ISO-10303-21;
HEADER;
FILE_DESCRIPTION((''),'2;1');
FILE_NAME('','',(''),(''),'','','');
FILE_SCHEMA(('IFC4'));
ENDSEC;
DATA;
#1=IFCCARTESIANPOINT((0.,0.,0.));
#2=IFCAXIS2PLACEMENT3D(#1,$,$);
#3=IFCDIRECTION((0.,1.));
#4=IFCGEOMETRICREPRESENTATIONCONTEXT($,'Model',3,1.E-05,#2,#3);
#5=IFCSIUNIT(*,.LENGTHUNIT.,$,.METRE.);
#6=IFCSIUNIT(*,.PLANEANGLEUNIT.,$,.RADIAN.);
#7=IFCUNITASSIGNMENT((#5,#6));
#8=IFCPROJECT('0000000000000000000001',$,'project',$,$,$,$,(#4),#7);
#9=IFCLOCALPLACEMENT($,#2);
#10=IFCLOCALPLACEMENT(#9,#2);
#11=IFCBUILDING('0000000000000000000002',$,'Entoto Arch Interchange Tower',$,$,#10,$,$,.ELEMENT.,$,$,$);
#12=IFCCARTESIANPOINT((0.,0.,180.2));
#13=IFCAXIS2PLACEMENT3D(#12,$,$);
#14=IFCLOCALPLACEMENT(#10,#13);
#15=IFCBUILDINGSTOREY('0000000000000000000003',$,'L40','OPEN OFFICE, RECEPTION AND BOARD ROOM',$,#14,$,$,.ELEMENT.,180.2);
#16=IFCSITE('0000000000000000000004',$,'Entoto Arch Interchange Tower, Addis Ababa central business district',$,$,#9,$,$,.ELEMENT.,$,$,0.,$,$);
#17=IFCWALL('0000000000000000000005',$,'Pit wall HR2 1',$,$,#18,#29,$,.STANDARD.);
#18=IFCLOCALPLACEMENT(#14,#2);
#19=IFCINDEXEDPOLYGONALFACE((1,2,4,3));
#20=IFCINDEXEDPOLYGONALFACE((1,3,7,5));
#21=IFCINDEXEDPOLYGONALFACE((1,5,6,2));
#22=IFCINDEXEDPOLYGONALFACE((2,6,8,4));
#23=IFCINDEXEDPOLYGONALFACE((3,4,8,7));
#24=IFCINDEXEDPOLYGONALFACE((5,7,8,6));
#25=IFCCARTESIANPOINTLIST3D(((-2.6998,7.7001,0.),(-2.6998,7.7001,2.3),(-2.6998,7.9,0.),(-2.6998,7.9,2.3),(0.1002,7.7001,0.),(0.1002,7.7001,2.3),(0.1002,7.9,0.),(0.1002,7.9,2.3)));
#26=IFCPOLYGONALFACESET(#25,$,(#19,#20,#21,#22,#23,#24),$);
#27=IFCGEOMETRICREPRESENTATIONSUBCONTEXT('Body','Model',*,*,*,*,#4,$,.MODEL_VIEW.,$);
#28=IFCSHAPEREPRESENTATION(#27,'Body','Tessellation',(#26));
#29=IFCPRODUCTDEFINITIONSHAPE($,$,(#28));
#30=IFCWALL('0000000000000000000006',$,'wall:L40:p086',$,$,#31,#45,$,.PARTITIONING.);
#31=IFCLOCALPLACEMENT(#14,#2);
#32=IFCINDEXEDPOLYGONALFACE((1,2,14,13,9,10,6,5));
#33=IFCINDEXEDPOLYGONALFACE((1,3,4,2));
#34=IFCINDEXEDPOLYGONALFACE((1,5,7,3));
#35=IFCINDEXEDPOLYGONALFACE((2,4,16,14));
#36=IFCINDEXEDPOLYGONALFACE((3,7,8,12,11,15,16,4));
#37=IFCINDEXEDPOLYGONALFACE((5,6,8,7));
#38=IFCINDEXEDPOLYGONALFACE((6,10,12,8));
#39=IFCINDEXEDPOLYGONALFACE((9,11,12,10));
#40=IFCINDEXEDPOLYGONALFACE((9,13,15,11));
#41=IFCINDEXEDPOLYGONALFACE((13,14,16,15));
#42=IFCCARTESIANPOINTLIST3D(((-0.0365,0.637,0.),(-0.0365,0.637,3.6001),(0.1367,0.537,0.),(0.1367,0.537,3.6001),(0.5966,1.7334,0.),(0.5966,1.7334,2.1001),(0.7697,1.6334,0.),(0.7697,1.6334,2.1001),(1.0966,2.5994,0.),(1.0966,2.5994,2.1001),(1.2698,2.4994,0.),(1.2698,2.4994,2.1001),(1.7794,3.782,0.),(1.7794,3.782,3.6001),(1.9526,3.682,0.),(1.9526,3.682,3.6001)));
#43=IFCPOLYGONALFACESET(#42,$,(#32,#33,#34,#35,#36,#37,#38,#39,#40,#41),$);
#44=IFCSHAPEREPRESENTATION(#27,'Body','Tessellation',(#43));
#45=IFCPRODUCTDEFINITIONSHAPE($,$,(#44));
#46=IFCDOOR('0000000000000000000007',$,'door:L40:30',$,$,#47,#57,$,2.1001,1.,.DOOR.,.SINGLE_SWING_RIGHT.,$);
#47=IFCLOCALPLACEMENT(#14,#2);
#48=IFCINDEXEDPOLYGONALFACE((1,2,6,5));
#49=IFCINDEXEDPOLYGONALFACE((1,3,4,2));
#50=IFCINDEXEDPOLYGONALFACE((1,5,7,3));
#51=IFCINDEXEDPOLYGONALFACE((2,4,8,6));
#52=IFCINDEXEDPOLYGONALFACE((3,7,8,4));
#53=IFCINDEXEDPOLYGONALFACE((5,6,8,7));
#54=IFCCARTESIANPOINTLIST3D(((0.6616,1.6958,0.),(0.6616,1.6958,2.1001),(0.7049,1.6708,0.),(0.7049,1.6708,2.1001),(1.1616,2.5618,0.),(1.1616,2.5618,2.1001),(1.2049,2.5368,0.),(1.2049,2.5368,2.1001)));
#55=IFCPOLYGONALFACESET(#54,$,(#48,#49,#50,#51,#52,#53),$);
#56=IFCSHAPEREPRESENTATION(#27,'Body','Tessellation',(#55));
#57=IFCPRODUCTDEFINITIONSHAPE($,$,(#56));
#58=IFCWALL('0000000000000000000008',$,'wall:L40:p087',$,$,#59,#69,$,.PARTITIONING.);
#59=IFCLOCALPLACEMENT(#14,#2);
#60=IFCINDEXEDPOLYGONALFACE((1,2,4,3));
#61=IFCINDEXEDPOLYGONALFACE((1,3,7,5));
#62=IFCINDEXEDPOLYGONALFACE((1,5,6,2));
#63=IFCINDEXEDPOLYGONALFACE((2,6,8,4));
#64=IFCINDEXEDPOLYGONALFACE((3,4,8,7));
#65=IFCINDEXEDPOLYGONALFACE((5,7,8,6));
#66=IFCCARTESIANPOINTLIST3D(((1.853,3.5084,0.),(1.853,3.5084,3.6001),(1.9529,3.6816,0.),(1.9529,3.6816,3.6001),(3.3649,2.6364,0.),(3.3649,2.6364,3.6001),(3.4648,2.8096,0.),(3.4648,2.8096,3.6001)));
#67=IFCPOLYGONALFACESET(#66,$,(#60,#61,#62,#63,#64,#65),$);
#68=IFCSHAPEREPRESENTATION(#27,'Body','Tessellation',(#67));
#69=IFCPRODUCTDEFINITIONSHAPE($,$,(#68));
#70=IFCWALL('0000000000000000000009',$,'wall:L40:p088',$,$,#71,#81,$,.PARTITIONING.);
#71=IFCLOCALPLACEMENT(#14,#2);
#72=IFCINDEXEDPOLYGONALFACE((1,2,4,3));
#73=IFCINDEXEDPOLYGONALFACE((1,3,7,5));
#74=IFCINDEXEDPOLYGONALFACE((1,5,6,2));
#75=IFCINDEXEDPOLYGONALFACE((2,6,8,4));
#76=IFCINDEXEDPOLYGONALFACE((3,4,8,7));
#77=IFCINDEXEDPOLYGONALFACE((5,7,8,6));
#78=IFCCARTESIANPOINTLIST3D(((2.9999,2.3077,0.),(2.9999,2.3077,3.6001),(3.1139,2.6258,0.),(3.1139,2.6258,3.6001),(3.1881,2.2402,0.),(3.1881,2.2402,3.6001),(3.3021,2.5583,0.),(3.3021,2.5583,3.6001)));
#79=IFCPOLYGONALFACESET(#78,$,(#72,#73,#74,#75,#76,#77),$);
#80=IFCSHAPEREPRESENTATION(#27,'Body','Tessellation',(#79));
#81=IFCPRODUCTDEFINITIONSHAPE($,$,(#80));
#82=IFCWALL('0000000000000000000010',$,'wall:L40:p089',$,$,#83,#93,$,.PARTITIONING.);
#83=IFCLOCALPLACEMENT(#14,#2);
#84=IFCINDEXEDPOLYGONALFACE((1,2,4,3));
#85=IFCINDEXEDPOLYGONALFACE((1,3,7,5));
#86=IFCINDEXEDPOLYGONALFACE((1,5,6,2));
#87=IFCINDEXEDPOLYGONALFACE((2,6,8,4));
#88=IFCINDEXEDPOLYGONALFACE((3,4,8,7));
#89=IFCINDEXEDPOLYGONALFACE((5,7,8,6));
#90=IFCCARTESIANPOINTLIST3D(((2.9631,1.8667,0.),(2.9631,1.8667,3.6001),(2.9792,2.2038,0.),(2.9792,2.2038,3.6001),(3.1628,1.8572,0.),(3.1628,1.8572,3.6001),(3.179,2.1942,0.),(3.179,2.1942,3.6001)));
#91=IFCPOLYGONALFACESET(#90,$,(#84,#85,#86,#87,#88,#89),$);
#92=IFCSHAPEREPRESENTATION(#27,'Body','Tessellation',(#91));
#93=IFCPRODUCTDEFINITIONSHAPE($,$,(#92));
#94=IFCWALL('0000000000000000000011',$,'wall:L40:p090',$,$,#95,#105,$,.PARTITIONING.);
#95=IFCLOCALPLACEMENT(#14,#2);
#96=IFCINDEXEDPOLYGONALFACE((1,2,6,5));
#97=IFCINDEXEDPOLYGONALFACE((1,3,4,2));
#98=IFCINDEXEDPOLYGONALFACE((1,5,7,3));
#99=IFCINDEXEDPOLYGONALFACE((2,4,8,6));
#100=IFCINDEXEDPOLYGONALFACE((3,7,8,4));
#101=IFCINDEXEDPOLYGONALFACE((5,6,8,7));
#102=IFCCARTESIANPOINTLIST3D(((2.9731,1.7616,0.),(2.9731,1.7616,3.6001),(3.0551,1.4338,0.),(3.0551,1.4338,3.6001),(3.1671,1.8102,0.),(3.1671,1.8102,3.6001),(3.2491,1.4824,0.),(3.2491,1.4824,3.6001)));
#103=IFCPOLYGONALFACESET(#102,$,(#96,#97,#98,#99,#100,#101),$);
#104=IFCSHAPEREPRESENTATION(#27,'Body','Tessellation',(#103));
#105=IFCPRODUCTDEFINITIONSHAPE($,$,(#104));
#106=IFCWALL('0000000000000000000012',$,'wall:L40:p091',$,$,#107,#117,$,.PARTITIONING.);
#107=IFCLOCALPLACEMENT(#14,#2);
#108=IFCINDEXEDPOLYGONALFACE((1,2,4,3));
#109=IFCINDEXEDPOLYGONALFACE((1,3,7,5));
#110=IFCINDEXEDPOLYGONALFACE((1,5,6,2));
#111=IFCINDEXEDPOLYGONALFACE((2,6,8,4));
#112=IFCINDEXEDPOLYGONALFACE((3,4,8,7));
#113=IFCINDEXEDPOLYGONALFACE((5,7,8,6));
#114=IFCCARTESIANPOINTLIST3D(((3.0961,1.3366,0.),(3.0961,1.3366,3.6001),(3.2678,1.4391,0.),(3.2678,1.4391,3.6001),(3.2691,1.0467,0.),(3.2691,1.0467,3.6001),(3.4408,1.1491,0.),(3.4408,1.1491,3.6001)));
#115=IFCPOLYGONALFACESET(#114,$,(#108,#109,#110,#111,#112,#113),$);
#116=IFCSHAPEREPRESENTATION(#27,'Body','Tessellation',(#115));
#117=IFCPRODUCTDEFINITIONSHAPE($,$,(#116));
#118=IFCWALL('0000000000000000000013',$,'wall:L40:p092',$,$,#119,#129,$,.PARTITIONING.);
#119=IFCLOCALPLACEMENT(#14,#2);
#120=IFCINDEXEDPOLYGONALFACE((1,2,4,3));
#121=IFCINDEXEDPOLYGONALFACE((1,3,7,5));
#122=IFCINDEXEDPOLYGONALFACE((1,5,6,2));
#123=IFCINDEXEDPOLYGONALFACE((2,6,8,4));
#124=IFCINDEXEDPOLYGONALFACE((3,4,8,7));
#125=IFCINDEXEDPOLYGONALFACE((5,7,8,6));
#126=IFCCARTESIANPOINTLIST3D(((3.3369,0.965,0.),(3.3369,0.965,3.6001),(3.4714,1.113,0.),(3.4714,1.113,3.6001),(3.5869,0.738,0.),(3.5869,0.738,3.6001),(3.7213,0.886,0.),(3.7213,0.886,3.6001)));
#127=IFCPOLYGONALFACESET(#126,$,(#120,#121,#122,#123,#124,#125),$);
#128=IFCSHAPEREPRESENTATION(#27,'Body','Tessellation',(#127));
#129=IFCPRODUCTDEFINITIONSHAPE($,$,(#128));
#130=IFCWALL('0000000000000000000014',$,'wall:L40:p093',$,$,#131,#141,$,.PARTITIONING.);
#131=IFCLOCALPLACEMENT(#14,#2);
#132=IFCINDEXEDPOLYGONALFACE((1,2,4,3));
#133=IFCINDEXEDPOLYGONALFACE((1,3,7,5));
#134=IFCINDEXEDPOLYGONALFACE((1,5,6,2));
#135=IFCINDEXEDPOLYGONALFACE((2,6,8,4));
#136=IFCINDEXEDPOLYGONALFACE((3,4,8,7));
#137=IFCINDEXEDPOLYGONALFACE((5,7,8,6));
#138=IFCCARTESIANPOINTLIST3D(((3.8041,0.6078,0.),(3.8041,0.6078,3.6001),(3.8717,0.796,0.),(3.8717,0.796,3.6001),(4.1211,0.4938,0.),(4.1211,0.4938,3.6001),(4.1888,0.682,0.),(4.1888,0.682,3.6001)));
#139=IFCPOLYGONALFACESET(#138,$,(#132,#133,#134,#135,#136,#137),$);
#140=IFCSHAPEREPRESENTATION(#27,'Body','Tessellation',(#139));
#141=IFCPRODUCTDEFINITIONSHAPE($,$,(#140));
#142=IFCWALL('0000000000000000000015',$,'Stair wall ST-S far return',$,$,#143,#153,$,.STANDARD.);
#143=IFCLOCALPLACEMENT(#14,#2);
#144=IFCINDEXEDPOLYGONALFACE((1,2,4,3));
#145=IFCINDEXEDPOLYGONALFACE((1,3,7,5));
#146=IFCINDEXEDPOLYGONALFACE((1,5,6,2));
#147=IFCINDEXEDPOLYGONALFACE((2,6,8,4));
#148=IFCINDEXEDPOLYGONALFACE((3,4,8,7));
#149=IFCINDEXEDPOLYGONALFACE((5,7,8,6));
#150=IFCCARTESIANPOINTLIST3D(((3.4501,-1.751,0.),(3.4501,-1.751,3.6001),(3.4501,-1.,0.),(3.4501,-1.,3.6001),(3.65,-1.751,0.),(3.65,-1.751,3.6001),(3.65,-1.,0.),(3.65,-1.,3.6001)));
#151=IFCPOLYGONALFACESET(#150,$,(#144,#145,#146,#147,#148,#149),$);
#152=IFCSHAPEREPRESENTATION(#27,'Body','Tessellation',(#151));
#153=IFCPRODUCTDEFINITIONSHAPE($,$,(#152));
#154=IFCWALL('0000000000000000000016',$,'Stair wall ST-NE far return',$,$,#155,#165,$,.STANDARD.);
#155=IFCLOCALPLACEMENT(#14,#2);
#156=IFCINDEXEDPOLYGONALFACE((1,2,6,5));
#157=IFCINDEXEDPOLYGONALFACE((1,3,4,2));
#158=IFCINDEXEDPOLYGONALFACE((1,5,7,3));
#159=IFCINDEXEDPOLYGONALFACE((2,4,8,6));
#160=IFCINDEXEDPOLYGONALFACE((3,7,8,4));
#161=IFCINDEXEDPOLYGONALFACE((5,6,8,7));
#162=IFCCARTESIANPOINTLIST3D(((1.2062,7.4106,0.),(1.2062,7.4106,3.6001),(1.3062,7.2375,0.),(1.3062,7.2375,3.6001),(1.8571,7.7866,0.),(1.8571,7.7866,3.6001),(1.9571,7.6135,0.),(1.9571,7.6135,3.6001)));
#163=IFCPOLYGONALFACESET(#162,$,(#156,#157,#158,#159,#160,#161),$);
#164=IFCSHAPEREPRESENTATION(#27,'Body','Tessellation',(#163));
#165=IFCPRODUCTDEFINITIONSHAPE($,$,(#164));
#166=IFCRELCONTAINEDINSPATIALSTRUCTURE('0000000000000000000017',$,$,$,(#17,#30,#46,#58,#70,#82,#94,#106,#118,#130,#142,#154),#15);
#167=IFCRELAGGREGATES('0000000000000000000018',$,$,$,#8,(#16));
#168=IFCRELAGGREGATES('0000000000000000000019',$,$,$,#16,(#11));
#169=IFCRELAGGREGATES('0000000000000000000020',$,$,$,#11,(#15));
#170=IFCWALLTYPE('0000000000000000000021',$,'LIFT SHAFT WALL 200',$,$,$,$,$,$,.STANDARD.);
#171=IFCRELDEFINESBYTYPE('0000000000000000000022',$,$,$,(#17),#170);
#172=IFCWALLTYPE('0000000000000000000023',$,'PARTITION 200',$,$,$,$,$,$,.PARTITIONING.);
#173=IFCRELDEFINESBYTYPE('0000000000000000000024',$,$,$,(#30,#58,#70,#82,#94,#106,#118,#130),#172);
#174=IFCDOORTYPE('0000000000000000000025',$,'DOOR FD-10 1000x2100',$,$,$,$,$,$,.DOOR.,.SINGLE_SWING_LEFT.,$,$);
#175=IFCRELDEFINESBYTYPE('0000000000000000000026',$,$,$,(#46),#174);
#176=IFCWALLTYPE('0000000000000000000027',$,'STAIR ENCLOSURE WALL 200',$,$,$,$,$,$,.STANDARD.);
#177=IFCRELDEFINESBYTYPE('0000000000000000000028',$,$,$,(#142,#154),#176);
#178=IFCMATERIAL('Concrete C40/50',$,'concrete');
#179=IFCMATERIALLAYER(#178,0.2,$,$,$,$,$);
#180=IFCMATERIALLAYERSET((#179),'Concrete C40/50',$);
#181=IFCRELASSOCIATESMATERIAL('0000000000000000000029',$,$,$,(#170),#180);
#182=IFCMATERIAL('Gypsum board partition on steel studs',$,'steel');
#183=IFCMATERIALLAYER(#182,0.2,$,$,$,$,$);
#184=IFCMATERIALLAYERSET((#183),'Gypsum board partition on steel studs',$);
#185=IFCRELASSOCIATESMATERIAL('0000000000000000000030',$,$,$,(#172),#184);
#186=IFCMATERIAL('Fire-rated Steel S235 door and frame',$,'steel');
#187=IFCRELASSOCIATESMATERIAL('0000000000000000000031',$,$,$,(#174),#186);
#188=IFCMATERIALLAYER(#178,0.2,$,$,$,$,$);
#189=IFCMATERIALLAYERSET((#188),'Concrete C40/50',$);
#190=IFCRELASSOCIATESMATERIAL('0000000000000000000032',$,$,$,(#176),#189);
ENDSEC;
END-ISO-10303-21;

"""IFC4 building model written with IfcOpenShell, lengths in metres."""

from ifc_helpers import new_model, si_unit, direction, frame, frame_2d, origin, place, context, subcontext, project, spatial, rectangle, extrude, material, layer, layer_set, type_object, element, fill, save


model = new_model("IFC4")

# Units and contexts
model_context = context("Model", 3, precision=1e-05, world=origin(), true_north=direction((0.0, 1.0)))
body_context = subcontext(model_context, "Body", "Model", "MODEL_VIEW")
ifc_project = project(units=[si_unit("LENGTHUNIT", "METRE"), si_unit("PLANEANGLEUNIT", "RADIAN")], contexts=[model_context])

# Site, building, storey
site_placement = place(None, origin())
site = spatial("IfcSite", under=ifc_project, at=site_placement, Name="Entoto Arch Interchange Tower, Addis Ababa central business district", CompositionType="ELEMENT", RefElevation=0.0)
building_placement = place(site_placement, origin())
building = spatial("IfcBuilding", under=site, at=building_placement, Name="Entoto Arch Interchange Tower", CompositionType="ELEMENT")
storey_placement = place(building_placement, frame((0.0, 0.0, 180.2)))
storey = spatial("IfcBuildingStorey", under=building, at=storey_placement, Name="L40", Description="OPEN OFFICE, RECEPTION AND BOARD ROOM", CompositionType="ELEMENT", Elevation=180.2)

# Shared definitions
ifc_material_1 = material(Name="Concrete C40/50", Category="concrete")

# Wall
ifc_layer_1 = layer(ifc_material_1, 0.2)
ifc_layer_set_1 = layer_set([ifc_layer_1], Name="Concrete C40/50")
wall_type_1 = type_object("IfcWallType", Name="LIFT SHAFT WALL 200", PredefinedType="STANDARD", material=ifc_layer_set_1)
wall_1_placement = place(storey_placement, frame((0.1001, 7.8, 0.0), z_axis=(0.0, 0.0, 1.0), x_axis=(-1.0, 0.0, 0.0)))
element("IfcWall", 1, at=wall_1_placement, inside=storey, type_object=wall_type_1, Name="Pit wall HR2 1", PredefinedType="STANDARD", context=body_context, shape_type="SweptSolid", body=[
    extrude(rectangle(XDim=2.8, YDim=0.2, at=frame_2d((1.3999, 0.0))), origin(), (0.0, 0.0, 1.0), 2.3),
])

# Wall, opening, door
ifc_material_2 = material(Name="Gypsum board partition on steel studs", Category="steel")
ifc_layer_2 = layer(ifc_material_2, 0.2)
ifc_layer_set_2 = layer_set([ifc_layer_2], Name="Gypsum board partition on steel studs")
wall_type_2 = type_object("IfcWallType", Name="PARTITION 200", PredefinedType="PARTITIONING", material=ifc_layer_set_2)
wall_2_placement = place(storey_placement, frame((0.05, 0.5869, 0.0), z_axis=(0.0, 0.0, 1.0), x_axis=(0.500029, 0.866009, 0.0)))
wall_2 = element("IfcWall", 2, at=wall_2_placement, inside=storey, type_object=wall_type_2, Name="wall:L40:p086", PredefinedType="PARTITIONING", context=body_context, shape_type="SweptSolid", body=[
    extrude(rectangle(XDim=3.6316, YDim=0.2, at=frame_2d((1.8159, 0.0))), origin(), (0.0, 0.0, 1.0), 3.6001),
])
opening_placement = place(wall_2_placement, frame((1.2661, 0.0, 0.0)))
opening = element("IfcOpeningElement", 3, at=opening_placement, cuts=wall_2, PredefinedType="OPENING", context=body_context, shape_type="SweptSolid", body=[
    extrude(rectangle(XDim=1.0, YDim=2.1001, at=frame_2d((0.5, 1.05))), frame((0.0, 0.1099, 0.0), z_axis=(0.0, -1.0, 0.0), x_axis=(1.0, 0.0, 0.0)), (0.0, 0.0, 1.0), 0.22),
])
ifc_material_3 = material(Name="Fire-rated Steel S235 door and frame", Category="steel")
door_type = type_object("IfcDoorType", Name="DOOR FD-10 1000x2100", OperationType="SINGLE_SWING_LEFT", PredefinedType="DOOR", material=ifc_material_3)
door_placement = place(opening_placement, origin())
door = element("IfcDoor", 4, at=door_placement, inside=storey, type_object=door_type, Name="door:L40:30", OperationType="SINGLE_SWING_RIGHT", OverallHeight=2.1001, OverallWidth=1.0, PredefinedType="DOOR", context=body_context, shape_type="SweptSolid", body=[
    extrude(rectangle(XDim=1.0, YDim=2.1001, at=frame_2d((0.5, 1.05))), frame((0.0, 0.0249, 0.0), z_axis=(0.0, -1.0, 0.0), x_axis=(1.0, 0.0, 0.0)), (0.0, 0.0, 1.0), 0.05),
])
fill(opening, door)

# Walls
wall_3_placement = place(storey_placement, frame((1.9031, 3.595, 0.0), z_axis=(0.0, 0.0, 1.0), x_axis=(0.866239, -0.49963, 0.0)))
element("IfcWall", 5, at=wall_3_placement, inside=storey, type_object=wall_type_2, Name="wall:L40:p087", PredefinedType="PARTITIONING", context=body_context, shape_type="SweptSolid", body=[
    extrude(rectangle(XDim=1.7454, YDim=0.2, at=frame_2d((0.8726, 0.0))), origin(), (0.0, 0.0, 1.0), 3.6001),
])
wall_4_placement = place(storey_placement, frame((3.208, 2.592, 0.0), z_axis=(0.0, 0.0, 1.0), x_axis=(-0.337389, -0.941365, 0.0)))
element("IfcWall", 6, at=wall_4_placement, inside=storey, type_object=wall_type_2, Name="wall:L40:p088", PredefinedType="PARTITIONING", context=body_context, shape_type="SweptSolid", body=[
    extrude(rectangle(XDim=0.3379, YDim=0.2, at=frame_2d((0.1689, 0.0))), origin(), (0.0, 0.0, 1.0), 3.6001),
])
wall_5_placement = place(storey_placement, frame((3.0791, 2.199, 0.0), z_axis=(0.0, 0.0, 1.0), x_axis=(-0.047771, -0.998858, 0.0)))
element("IfcWall", 7, at=wall_5_placement, inside=storey, type_object=wall_type_2, Name="wall:L40:p089", PredefinedType="PARTITIONING", context=body_context, shape_type="SweptSolid", body=[
    extrude(rectangle(XDim=0.3374, YDim=0.2, at=frame_2d((0.1687, 0.0))), origin(), (0.0, 0.0, 1.0), 3.6001),
])
wall_6_placement = place(storey_placement, frame((3.0701, 1.7859, 0.0), z_axis=(0.0, 0.0, 1.0), x_axis=(0.242706, -0.9701, 0.0)))
element("IfcWall", 8, at=wall_6_placement, inside=storey, type_object=wall_type_2, Name="wall:L40:p090", PredefinedType="PARTITIONING", context=body_context, shape_type="SweptSolid", body=[
    extrude(rectangle(XDim=0.3379, YDim=0.2, at=frame_2d((0.1689, 0.0))), origin(), (0.0, 0.0, 1.0), 3.6001),
])
for number, where, z_axis, x_axis, name in (
    (9, (3.1819, 1.3879, 0.0), (0.0, 0.0, 1.0), (0.512475, -0.858702, 0.0), "wall:L40:p091"),
    (10, (3.4041, 1.0391, 0.0), (0.0, 0.0, 1.0), (0.740267, -0.672313, 0.0), "wall:L40:p092"),
):
    element("IfcWall", number, at=place(storey_placement, frame(where, z_axis=z_axis, x_axis=x_axis)), inside=storey, type_object=wall_type_2, Name=name, PredefinedType="PARTITIONING", context=body_context, shape_type="SweptSolid", body=[
        extrude(rectangle(XDim=0.3376, YDim=0.2, at=frame_2d((0.1689, 0.0))), origin(), (0.0, 0.0, 1.0), 3.6001),
    ])
wall_7_placement = place(storey_placement, frame((3.8379, 0.7019, 0.0), z_axis=(0.0, 0.0, 1.0), x_axis=(0.941035, -0.338309, 0.0)))
element("IfcWall", 11, at=wall_7_placement, inside=storey, type_object=wall_type_2, Name="wall:L40:p093", PredefinedType="PARTITIONING", context=body_context, shape_type="SweptSolid", body=[
    extrude(rectangle(XDim=0.3369, YDim=0.2, at=frame_2d((0.1685, 0.0))), origin(), (0.0, 0.0, 1.0), 3.6001),
])
ifc_layer_3 = layer(ifc_material_1, 0.2)
ifc_layer_set_3 = layer_set([ifc_layer_3], Name="Concrete C40/50")
wall_type_3 = type_object("IfcWallType", Name="STAIR ENCLOSURE WALL 200", PredefinedType="STANDARD", material=ifc_layer_set_3)
wall_8_placement = place(storey_placement, frame((3.55, -1.0, 0.0), z_axis=(0.0, 0.0, 1.0), x_axis=(0.0, -1.0, 0.0)))
element("IfcWall", 12, at=wall_8_placement, inside=storey, type_object=wall_type_3, Name="Stair wall ST-S far return", PredefinedType="STANDARD", context=body_context, shape_type="SweptSolid", body=[
    extrude(rectangle(XDim=0.751, YDim=0.2, at=frame_2d((0.3755, 0.0))), origin(), (0.0, 0.0, 1.0), 3.6001),
])
wall_9_placement = place(storey_placement, frame((1.2561, 7.324, 0.0), z_axis=(0.0, 0.0, 1.0), x_axis=(0.865915, 0.500191, 0.0)))
element("IfcWall", 13, at=wall_9_placement, inside=storey, type_object=wall_type_3, Name="Stair wall ST-NE far return", PredefinedType="STANDARD", context=body_context, shape_type="SweptSolid", body=[
    extrude(rectangle(XDim=0.7517, YDim=0.2, at=frame_2d((0.376, 0.0))), origin(), (0.0, 0.0, 1.0), 3.6001),
])

save(model, "model.ifc")
